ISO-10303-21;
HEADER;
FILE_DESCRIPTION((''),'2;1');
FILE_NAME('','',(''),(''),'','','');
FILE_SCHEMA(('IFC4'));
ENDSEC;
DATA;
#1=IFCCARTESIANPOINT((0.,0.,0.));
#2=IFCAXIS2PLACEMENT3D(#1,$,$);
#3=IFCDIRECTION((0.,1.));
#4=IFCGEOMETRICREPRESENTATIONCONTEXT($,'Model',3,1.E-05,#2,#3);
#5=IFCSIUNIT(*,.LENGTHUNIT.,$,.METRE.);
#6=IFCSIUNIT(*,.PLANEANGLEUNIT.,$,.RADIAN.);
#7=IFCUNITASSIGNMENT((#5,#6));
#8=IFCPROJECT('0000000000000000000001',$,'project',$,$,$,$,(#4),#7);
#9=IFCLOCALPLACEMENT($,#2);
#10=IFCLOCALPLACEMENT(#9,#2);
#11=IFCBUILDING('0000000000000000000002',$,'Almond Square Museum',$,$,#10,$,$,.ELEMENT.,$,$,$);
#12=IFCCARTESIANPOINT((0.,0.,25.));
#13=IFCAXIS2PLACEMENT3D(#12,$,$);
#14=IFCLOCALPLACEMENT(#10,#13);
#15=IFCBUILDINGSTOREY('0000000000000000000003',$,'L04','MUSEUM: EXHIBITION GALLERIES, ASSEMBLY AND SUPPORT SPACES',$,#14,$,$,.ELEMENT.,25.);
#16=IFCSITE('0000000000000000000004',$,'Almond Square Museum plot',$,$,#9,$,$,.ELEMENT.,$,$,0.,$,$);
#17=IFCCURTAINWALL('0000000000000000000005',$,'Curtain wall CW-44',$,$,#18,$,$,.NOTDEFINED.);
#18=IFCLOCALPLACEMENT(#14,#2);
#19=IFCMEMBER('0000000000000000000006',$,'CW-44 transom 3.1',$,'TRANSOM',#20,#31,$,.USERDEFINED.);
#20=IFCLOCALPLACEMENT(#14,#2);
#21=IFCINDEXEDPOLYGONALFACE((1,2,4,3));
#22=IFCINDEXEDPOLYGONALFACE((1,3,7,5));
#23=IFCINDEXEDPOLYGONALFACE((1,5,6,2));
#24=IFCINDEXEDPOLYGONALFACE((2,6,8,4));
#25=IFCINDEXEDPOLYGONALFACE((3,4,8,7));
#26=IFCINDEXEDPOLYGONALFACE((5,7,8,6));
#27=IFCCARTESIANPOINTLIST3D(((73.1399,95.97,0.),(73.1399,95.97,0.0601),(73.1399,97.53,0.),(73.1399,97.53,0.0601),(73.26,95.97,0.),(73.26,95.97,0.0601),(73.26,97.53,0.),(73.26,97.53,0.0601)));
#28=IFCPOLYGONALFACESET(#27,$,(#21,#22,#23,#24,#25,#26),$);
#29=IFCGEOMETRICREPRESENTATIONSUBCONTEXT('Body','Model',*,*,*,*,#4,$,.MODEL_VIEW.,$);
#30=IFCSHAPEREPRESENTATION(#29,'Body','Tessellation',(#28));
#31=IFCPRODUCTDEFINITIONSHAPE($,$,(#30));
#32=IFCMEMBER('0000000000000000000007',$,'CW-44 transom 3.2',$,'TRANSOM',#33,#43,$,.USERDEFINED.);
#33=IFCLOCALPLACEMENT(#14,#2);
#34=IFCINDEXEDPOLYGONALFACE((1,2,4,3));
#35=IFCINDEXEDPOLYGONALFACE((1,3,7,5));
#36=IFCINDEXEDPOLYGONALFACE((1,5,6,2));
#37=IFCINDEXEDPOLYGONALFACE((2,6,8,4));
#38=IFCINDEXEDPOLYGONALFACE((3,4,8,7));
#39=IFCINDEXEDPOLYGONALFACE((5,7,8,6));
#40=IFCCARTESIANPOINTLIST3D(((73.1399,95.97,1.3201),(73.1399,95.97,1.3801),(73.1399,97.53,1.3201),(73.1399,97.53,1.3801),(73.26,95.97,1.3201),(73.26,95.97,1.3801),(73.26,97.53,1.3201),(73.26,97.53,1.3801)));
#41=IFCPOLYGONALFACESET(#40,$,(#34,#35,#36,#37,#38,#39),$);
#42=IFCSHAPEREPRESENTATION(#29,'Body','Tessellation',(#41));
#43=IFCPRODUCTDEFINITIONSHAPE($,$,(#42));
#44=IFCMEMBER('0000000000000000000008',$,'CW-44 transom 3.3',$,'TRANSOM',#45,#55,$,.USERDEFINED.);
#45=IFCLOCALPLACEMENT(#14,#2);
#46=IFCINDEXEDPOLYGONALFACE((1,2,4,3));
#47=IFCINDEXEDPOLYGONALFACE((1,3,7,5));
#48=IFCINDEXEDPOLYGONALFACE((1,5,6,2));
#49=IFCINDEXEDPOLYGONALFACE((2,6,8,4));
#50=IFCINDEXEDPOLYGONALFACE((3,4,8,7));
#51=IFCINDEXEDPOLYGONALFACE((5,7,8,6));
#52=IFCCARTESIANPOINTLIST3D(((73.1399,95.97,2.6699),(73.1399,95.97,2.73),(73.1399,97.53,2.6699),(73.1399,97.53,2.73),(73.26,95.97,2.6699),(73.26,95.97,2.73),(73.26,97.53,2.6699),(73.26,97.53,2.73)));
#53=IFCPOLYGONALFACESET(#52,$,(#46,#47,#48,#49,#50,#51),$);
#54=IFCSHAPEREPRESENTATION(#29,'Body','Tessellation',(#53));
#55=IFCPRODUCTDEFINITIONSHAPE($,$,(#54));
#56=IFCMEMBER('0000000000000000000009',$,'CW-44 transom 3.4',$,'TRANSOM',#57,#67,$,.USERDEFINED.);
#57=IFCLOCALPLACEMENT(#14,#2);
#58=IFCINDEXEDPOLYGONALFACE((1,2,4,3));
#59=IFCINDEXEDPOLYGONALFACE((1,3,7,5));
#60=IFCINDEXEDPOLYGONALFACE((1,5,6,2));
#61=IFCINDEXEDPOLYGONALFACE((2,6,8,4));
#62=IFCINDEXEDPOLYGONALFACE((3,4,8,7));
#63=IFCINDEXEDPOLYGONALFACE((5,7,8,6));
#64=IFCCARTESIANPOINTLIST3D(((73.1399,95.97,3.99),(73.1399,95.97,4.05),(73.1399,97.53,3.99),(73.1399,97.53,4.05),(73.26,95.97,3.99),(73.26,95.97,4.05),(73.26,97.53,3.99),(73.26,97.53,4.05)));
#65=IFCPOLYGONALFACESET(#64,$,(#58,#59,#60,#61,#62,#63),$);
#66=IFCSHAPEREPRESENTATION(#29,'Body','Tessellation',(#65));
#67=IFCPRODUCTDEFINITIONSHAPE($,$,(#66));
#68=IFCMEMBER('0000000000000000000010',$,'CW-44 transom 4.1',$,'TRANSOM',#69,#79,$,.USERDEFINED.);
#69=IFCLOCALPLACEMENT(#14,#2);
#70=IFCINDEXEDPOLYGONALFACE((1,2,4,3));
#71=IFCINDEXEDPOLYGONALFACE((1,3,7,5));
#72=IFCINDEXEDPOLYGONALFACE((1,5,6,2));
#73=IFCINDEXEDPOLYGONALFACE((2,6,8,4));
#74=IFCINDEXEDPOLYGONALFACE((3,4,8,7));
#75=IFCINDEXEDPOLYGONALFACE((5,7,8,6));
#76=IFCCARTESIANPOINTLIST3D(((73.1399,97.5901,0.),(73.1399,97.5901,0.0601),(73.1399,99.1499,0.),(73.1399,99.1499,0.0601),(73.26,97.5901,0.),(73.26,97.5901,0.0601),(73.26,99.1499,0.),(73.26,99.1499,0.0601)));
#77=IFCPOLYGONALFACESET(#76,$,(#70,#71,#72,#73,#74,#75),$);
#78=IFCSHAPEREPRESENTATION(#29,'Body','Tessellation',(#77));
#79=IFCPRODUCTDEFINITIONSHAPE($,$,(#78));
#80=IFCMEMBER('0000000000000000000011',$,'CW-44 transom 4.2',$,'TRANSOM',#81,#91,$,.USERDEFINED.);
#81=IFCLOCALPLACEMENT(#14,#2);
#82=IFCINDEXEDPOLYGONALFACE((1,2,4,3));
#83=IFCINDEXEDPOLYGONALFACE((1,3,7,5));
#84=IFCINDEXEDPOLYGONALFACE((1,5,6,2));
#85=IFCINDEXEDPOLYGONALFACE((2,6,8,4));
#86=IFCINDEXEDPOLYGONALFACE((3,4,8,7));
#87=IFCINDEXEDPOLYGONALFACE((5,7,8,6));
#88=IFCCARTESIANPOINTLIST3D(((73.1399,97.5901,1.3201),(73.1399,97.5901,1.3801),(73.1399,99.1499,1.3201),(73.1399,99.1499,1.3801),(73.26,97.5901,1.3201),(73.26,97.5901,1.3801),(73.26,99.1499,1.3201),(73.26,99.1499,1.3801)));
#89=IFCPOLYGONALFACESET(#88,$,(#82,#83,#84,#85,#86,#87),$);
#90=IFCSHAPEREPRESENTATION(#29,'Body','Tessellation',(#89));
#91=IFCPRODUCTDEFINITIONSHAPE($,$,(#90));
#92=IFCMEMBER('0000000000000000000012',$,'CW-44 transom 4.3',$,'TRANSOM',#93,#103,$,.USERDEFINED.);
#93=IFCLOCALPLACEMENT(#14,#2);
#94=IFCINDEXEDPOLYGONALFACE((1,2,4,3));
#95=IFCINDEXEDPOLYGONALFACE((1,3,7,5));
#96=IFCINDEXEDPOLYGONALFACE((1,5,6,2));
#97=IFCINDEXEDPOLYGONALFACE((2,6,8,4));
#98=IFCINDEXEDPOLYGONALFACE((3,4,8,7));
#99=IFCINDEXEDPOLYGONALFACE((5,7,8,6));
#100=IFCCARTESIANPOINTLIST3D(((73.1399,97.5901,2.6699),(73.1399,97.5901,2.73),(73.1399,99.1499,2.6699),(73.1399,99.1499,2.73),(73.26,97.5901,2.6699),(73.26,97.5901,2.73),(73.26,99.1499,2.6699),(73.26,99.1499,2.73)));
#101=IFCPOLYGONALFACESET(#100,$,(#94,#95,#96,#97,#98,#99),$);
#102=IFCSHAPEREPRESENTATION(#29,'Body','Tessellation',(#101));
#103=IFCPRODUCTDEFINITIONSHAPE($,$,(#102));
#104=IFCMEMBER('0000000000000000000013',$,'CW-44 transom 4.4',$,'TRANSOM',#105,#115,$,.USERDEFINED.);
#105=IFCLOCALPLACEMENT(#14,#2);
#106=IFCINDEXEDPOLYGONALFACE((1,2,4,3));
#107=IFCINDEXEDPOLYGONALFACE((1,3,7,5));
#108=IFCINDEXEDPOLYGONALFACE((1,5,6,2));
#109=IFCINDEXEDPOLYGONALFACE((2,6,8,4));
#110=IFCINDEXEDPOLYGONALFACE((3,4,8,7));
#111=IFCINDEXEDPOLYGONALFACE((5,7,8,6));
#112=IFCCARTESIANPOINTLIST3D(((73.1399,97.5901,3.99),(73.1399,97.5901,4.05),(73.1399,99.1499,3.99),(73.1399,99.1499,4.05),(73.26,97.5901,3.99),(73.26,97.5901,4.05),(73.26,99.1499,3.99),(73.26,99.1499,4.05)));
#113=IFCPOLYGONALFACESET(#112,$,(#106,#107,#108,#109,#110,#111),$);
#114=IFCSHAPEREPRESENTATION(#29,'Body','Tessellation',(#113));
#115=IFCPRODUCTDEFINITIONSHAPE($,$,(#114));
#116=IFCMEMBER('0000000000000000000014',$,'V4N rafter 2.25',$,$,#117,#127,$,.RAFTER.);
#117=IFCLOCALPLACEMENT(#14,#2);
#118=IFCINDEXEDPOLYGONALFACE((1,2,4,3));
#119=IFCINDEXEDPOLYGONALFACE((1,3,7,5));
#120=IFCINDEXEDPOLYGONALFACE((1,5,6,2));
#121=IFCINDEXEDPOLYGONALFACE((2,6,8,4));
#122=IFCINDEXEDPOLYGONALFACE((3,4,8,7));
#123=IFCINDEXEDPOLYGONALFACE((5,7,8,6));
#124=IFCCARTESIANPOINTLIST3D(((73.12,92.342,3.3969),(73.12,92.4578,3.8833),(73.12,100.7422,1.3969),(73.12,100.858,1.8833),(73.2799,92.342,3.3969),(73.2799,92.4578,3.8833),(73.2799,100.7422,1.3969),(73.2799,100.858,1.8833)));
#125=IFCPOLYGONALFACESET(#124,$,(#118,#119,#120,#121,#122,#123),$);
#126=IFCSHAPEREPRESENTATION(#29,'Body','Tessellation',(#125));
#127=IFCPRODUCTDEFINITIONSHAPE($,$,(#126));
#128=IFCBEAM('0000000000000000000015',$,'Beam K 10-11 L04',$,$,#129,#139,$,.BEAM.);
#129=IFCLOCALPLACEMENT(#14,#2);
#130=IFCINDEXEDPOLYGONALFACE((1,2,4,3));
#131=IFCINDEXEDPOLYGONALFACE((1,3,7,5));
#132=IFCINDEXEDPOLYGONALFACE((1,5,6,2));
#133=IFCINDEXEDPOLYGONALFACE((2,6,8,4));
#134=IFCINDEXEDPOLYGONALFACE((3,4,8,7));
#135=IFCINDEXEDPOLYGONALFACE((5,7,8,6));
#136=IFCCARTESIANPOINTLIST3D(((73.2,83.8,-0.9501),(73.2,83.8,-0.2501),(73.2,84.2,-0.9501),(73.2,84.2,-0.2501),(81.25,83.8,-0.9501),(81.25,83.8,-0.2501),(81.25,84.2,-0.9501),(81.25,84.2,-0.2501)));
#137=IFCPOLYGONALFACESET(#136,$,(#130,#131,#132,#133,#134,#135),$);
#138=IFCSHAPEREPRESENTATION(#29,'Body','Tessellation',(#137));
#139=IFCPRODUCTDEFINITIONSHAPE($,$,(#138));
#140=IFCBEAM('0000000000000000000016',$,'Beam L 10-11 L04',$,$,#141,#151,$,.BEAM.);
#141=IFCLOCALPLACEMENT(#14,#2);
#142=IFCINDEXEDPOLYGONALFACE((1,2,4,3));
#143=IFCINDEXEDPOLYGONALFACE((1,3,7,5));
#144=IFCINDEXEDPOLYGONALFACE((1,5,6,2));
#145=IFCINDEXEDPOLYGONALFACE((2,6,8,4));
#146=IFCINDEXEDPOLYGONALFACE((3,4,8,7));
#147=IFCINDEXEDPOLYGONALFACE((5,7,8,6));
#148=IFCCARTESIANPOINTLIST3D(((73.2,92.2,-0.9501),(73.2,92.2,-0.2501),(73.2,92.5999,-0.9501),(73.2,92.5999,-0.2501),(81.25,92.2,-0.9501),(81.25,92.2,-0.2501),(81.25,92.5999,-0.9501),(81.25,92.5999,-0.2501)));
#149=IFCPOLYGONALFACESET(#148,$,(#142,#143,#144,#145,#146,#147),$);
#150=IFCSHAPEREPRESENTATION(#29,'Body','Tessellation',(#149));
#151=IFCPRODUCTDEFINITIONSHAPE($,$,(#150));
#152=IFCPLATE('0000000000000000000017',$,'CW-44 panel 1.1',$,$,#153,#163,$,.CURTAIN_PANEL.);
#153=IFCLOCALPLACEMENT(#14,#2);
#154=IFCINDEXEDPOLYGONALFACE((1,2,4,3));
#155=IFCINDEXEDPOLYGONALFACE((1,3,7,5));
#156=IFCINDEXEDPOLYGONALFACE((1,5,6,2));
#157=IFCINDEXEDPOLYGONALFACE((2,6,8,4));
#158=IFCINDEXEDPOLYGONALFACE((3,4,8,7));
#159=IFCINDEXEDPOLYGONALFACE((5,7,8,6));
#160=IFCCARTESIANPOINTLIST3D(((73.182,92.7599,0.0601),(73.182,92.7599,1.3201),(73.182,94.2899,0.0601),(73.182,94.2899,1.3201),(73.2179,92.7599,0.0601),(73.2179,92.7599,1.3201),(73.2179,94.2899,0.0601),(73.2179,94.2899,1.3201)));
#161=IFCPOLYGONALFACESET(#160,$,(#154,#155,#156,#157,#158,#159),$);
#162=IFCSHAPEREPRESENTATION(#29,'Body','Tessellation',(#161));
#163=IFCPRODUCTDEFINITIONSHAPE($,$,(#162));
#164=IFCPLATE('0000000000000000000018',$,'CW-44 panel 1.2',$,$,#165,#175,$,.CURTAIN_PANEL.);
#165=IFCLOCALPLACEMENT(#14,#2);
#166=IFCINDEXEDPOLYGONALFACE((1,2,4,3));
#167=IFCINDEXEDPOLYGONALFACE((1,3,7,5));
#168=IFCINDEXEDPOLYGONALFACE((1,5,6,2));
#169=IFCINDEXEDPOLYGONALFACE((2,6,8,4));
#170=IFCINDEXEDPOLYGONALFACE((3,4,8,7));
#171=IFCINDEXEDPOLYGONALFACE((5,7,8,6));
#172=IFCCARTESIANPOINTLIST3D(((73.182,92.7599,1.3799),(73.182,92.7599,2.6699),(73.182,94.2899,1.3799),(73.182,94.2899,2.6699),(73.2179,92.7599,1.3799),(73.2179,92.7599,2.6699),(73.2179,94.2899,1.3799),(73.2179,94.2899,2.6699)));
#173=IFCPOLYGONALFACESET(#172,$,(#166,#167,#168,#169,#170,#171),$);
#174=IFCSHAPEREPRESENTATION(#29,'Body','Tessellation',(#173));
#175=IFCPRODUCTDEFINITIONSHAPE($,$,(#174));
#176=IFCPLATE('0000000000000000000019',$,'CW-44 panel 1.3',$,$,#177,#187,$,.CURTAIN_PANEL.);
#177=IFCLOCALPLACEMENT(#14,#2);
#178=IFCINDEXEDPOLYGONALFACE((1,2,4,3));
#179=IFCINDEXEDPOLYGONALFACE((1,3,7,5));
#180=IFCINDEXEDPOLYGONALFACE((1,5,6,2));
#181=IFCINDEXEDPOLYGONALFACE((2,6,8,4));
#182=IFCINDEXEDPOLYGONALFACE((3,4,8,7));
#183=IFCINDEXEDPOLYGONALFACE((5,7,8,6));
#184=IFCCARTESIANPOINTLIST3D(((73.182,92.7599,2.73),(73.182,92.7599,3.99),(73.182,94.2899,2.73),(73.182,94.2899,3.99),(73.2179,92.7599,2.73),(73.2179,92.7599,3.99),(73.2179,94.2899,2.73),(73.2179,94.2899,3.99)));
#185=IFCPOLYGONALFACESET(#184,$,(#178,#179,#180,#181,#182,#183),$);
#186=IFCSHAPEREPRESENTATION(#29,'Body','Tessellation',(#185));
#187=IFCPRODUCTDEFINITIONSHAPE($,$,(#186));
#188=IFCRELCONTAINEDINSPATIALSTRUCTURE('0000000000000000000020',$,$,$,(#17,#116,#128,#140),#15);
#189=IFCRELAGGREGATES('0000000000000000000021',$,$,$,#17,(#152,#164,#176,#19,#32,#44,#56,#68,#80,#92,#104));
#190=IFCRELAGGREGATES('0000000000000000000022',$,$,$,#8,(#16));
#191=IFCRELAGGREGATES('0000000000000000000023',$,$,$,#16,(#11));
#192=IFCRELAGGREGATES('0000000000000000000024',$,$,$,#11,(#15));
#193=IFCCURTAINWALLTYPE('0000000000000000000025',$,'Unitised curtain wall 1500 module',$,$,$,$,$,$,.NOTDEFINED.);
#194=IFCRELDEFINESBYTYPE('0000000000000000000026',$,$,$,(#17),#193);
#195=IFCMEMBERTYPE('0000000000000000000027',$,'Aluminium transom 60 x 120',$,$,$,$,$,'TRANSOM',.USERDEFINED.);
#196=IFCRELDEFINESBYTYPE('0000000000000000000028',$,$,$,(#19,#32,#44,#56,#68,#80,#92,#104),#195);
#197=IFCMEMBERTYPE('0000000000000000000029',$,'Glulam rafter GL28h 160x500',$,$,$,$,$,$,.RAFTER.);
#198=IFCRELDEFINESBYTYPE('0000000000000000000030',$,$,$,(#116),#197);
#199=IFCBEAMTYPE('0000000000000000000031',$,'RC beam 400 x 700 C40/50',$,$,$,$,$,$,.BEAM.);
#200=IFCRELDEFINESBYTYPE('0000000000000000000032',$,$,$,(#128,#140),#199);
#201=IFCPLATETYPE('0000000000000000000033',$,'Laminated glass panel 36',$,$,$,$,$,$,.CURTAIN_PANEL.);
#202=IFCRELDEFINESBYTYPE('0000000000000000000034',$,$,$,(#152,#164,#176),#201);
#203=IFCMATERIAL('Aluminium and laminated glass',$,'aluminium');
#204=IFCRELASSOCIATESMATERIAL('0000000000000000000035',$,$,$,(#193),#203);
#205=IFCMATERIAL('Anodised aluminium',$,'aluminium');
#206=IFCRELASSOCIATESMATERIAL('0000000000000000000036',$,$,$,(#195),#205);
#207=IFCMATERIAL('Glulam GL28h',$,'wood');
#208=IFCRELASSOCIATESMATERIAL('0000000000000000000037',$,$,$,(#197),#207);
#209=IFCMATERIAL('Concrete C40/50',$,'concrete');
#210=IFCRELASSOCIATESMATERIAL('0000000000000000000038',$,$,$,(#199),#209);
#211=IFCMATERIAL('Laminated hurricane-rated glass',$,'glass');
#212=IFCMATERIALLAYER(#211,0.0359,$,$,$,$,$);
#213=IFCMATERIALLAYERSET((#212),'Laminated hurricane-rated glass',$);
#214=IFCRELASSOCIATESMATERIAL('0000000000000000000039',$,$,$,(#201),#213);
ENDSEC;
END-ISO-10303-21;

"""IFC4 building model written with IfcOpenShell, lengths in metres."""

from ifc_helpers import new_model, si_unit, direction, frame, origin, origin_2d, place, context, subcontext, project, spatial, rectangle, extrude, material, layer, layer_set, material_profile, profile_set, type_object, element, aggregate, save


model = new_model("IFC4")

# Units and contexts
model_context = context("Model", 3, precision=1e-05, world=origin(), true_north=direction((0.0, 1.0)))
body_context = subcontext(model_context, "Body", "Model", "MODEL_VIEW")
ifc_project = project(units=[si_unit("LENGTHUNIT", "METRE"), si_unit("PLANEANGLEUNIT", "RADIAN")], contexts=[model_context])

# Site, building, storey
site_placement = place(None, origin())
site = spatial("IfcSite", under=ifc_project, at=site_placement, Name="Almond Square Museum plot", CompositionType="ELEMENT", RefElevation=0.0)
building_placement = place(site_placement, origin())
building = spatial("IfcBuilding", under=site, at=building_placement, Name="Almond Square Museum", CompositionType="ELEMENT")
storey_placement = place(building_placement, frame((0.0, 0.0, 25.0)))
storey = spatial("IfcBuildingStorey", under=building, at=storey_placement, Name="L04", Description="MUSEUM: EXHIBITION GALLERIES, ASSEMBLY AND SUPPORT SPACES", CompositionType="ELEMENT", Elevation=25.0)

# Curtain wall
ifc_material_1 = material(Name="Aluminium and laminated glass", Category="aluminium")
curtain_wall_type = type_object("IfcCurtainWallType", Name="Unitised curtain wall 1500 module", PredefinedType="NOTDEFINED", material=ifc_material_1)
curtain_wall_1_placement = place(storey_placement, origin())
curtain_wall_1 = element("IfcCurtainWall", 1, at=curtain_wall_1_placement, inside=storey, type_object=curtain_wall_type, Name="Curtain wall CW-44", PredefinedType="NOTDEFINED")

# Members
ifc_material_2 = material(Name="Anodised aluminium", Category="aluminium")
ifc_material_profile_1 = material_profile(ifc_material_2, rectangle(XDim=0.1201, YDim=0.0601, at=origin_2d()))
ifc_profile_set_1 = profile_set([ifc_material_profile_1], Name="Anodised aluminium")
member_type_1 = type_object("IfcMemberType", Name="Aluminium transom 60 x 120", ElementType="TRANSOM", PredefinedType="USERDEFINED", material=ifc_profile_set_1)
member_1_placement = place(storey_placement, frame((73.2, 95.97, 0.03), z_axis=(0.0, 1.0, 0.0), x_axis=(-1.0, 0.0, 0.0)))
member_1 = element("IfcMember", 2, at=member_1_placement, type_object=member_type_1, Name="CW-44 transom 3.1", ObjectType="TRANSOM", PredefinedType="USERDEFINED", context=body_context, shape_type="SweptSolid", body=[
    extrude(rectangle(XDim=0.1201, YDim=0.0601, at=origin_2d()), origin(), (0.0, 0.0, 1.0), 1.5601),
])
member_2_placement = place(storey_placement, frame((73.2, 95.97, 1.3501), z_axis=(0.0, 1.0, 0.0), x_axis=(-1.0, 0.0, 0.0)))
member_2 = element("IfcMember", 3, at=member_2_placement, type_object=member_type_1, Name="CW-44 transom 3.2", ObjectType="TRANSOM", PredefinedType="USERDEFINED", context=body_context, shape_type="SweptSolid", body=[
    extrude(rectangle(XDim=0.1201, YDim=0.0601, at=origin_2d()), origin(), (0.0, 0.0, 1.0), 1.5601),
])
member_3_placement = place(storey_placement, frame((73.2, 95.97, 2.7), z_axis=(0.0, 1.0, 0.0), x_axis=(-1.0, 0.0, 0.0)))
member_3 = element("IfcMember", 4, at=member_3_placement, type_object=member_type_1, Name="CW-44 transom 3.3", ObjectType="TRANSOM", PredefinedType="USERDEFINED", context=body_context, shape_type="SweptSolid", body=[
    extrude(rectangle(XDim=0.1201, YDim=0.0601, at=origin_2d()), origin(), (0.0, 0.0, 1.0), 1.5601),
])
member_4_placement = place(storey_placement, frame((73.2, 95.97, 4.02), z_axis=(0.0, 1.0, 0.0), x_axis=(-1.0, 0.0, 0.0)))
member_4 = element("IfcMember", 5, at=member_4_placement, type_object=member_type_1, Name="CW-44 transom 3.4", ObjectType="TRANSOM", PredefinedType="USERDEFINED", context=body_context, shape_type="SweptSolid", body=[
    extrude(rectangle(XDim=0.1201, YDim=0.0601, at=origin_2d()), origin(), (0.0, 0.0, 1.0), 1.5601),
])
member_5_placement = place(storey_placement, frame((73.2, 97.5901, 0.03), z_axis=(0.0, 1.0, 0.0), x_axis=(-1.0, 0.0, 0.0)))
member_5 = element("IfcMember", 6, at=member_5_placement, type_object=member_type_1, Name="CW-44 transom 4.1", ObjectType="TRANSOM", PredefinedType="USERDEFINED", context=body_context, shape_type="SweptSolid", body=[
    extrude(rectangle(XDim=0.1201, YDim=0.0601, at=origin_2d()), origin(), (0.0, 0.0, 1.0), 1.5598),
])
member_6_placement = place(storey_placement, frame((73.2, 97.5901, 1.3501), z_axis=(0.0, 1.0, 0.0), x_axis=(-1.0, 0.0, 0.0)))
member_6 = element("IfcMember", 7, at=member_6_placement, type_object=member_type_1, Name="CW-44 transom 4.2", ObjectType="TRANSOM", PredefinedType="USERDEFINED", context=body_context, shape_type="SweptSolid", body=[
    extrude(rectangle(XDim=0.1201, YDim=0.0601, at=origin_2d()), origin(), (0.0, 0.0, 1.0), 1.5598),
])
member_7_placement = place(storey_placement, frame((73.2, 97.5901, 2.7), z_axis=(0.0, 1.0, 0.0), x_axis=(-1.0, 0.0, 0.0)))
member_7 = element("IfcMember", 8, at=member_7_placement, type_object=member_type_1, Name="CW-44 transom 4.3", ObjectType="TRANSOM", PredefinedType="USERDEFINED", context=body_context, shape_type="SweptSolid", body=[
    extrude(rectangle(XDim=0.1201, YDim=0.0601, at=origin_2d()), origin(), (0.0, 0.0, 1.0), 1.5598),
])
member_8_placement = place(storey_placement, frame((73.2, 97.5901, 4.02), z_axis=(0.0, 1.0, 0.0), x_axis=(-1.0, 0.0, 0.0)))
member_8 = element("IfcMember", 9, at=member_8_placement, type_object=member_type_1, Name="CW-44 transom 4.4", ObjectType="TRANSOM", PredefinedType="USERDEFINED", context=body_context, shape_type="SweptSolid", body=[
    extrude(rectangle(XDim=0.1201, YDim=0.0601, at=origin_2d()), origin(), (0.0, 0.0, 1.0), 1.5598),
])
ifc_material_3 = material(Name="Glulam GL28h", Category="wood")
ifc_material_profile_2 = material_profile(ifc_material_3, rectangle(XDim=0.1599, YDim=0.5, at=origin_2d()))
ifc_profile_set_2 = profile_set([ifc_material_profile_2], Name="Glulam GL28h")
member_type_2 = type_object("IfcMemberType", Name="Glulam rafter GL28h 160x500", PredefinedType="RAFTER", material=ifc_profile_set_2)
member_9_placement = place(storey_placement, frame((73.2, 92.3999, 3.6401), z_axis=(0.0, 0.972807, -0.231617), x_axis=(-1.0, 0.0, 0.0)))
element("IfcMember", 10, at=member_9_placement, inside=storey, type_object=member_type_2, Name="V4N rafter 2.25", PredefinedType="RAFTER", context=body_context, shape_type="SweptSolid", body=[
    extrude(rectangle(XDim=0.1599, YDim=0.5, at=origin_2d()), origin(), (0.0, 0.0, 1.0), 8.635),
])

# Beams
ifc_material_4 = material(Name="Concrete C40/50", Category="concrete")
ifc_material_profile_3 = material_profile(ifc_material_4, rectangle(XDim=0.3999, YDim=0.7, at=origin_2d()))
ifc_profile_set_3 = profile_set([ifc_material_profile_3], Name="Concrete C40/50")
beam_type = type_object("IfcBeamType", Name="RC beam 400 x 700 C40/50", PredefinedType="BEAM", material=ifc_profile_set_3)
for number, where, z_axis, x_axis, name in (
    (11, (73.2, 84.0, -0.6001), (1.0, 0.0, 0.0), (0.0, 1.0, 0.0), "Beam K 10-11 L04"),
    (12, (73.2, 92.3999, -0.6001), (1.0, 0.0, 0.0), (0.0, 1.0, 0.0), "Beam L 10-11 L04"),
):
    element("IfcBeam", number, at=place(storey_placement, frame(where, z_axis=z_axis, x_axis=x_axis)), inside=storey, type_object=beam_type, Name=name, PredefinedType="BEAM", context=body_context, shape_type="SweptSolid", body=[
        extrude(rectangle(XDim=0.3999, YDim=0.7, at=origin_2d()), origin(), (0.0, 0.0, 1.0), 8.05),
    ])

# Plates
ifc_material_5 = material(Name="Laminated hurricane-rated glass", Category="glass")
ifc_layer = layer(ifc_material_5, 0.0359)
ifc_layer_set = layer_set([ifc_layer], Name="Laminated hurricane-rated glass")
plate_type = type_object("IfcPlateType", Name="Laminated glass panel 36", PredefinedType="CURTAIN_PANEL", material=ifc_layer_set)
plate_1_placement = place(storey_placement, frame((73.2, 93.5249, 0.0601), z_axis=(0.0, 0.0, 1.0), x_axis=(0.0, 1.0, 0.0)))
plate_1 = element("IfcPlate", 13, at=plate_1_placement, type_object=plate_type, Name="CW-44 panel 1.1", PredefinedType="CURTAIN_PANEL", context=body_context, shape_type="SweptSolid", body=[
    extrude(rectangle(XDim=1.53, YDim=0.0359, at=origin_2d()), origin(), (0.0, 0.0, 1.0), 1.26),
])
plate_2_placement = place(storey_placement, frame((73.2, 93.5249, 1.3799), z_axis=(0.0, 0.0, 1.0), x_axis=(0.0, 1.0, 0.0)))
plate_2 = element("IfcPlate", 14, at=plate_2_placement, type_object=plate_type, Name="CW-44 panel 1.2", PredefinedType="CURTAIN_PANEL", context=body_context, shape_type="SweptSolid", body=[
    extrude(rectangle(XDim=1.53, YDim=0.0359, at=origin_2d()), origin(), (0.0, 0.0, 1.0), 1.29),
])
plate_3_placement = place(storey_placement, frame((73.2, 93.5249, 2.73), z_axis=(0.0, 0.0, 1.0), x_axis=(0.0, 1.0, 0.0)))
plate_3 = element("IfcPlate", 15, at=plate_3_placement, type_object=plate_type, Name="CW-44 panel 1.3", PredefinedType="CURTAIN_PANEL", context=body_context, shape_type="SweptSolid", body=[
    extrude(rectangle(XDim=1.53, YDim=0.0359, at=origin_2d()), origin(), (0.0, 0.0, 1.0), 1.26),
])
aggregate(curtain_wall_1, [plate_1, plate_2, plate_3, member_1, member_2, member_3, member_4, member_5, member_6, member_7, member_8])

save(model, "model.ifc")
